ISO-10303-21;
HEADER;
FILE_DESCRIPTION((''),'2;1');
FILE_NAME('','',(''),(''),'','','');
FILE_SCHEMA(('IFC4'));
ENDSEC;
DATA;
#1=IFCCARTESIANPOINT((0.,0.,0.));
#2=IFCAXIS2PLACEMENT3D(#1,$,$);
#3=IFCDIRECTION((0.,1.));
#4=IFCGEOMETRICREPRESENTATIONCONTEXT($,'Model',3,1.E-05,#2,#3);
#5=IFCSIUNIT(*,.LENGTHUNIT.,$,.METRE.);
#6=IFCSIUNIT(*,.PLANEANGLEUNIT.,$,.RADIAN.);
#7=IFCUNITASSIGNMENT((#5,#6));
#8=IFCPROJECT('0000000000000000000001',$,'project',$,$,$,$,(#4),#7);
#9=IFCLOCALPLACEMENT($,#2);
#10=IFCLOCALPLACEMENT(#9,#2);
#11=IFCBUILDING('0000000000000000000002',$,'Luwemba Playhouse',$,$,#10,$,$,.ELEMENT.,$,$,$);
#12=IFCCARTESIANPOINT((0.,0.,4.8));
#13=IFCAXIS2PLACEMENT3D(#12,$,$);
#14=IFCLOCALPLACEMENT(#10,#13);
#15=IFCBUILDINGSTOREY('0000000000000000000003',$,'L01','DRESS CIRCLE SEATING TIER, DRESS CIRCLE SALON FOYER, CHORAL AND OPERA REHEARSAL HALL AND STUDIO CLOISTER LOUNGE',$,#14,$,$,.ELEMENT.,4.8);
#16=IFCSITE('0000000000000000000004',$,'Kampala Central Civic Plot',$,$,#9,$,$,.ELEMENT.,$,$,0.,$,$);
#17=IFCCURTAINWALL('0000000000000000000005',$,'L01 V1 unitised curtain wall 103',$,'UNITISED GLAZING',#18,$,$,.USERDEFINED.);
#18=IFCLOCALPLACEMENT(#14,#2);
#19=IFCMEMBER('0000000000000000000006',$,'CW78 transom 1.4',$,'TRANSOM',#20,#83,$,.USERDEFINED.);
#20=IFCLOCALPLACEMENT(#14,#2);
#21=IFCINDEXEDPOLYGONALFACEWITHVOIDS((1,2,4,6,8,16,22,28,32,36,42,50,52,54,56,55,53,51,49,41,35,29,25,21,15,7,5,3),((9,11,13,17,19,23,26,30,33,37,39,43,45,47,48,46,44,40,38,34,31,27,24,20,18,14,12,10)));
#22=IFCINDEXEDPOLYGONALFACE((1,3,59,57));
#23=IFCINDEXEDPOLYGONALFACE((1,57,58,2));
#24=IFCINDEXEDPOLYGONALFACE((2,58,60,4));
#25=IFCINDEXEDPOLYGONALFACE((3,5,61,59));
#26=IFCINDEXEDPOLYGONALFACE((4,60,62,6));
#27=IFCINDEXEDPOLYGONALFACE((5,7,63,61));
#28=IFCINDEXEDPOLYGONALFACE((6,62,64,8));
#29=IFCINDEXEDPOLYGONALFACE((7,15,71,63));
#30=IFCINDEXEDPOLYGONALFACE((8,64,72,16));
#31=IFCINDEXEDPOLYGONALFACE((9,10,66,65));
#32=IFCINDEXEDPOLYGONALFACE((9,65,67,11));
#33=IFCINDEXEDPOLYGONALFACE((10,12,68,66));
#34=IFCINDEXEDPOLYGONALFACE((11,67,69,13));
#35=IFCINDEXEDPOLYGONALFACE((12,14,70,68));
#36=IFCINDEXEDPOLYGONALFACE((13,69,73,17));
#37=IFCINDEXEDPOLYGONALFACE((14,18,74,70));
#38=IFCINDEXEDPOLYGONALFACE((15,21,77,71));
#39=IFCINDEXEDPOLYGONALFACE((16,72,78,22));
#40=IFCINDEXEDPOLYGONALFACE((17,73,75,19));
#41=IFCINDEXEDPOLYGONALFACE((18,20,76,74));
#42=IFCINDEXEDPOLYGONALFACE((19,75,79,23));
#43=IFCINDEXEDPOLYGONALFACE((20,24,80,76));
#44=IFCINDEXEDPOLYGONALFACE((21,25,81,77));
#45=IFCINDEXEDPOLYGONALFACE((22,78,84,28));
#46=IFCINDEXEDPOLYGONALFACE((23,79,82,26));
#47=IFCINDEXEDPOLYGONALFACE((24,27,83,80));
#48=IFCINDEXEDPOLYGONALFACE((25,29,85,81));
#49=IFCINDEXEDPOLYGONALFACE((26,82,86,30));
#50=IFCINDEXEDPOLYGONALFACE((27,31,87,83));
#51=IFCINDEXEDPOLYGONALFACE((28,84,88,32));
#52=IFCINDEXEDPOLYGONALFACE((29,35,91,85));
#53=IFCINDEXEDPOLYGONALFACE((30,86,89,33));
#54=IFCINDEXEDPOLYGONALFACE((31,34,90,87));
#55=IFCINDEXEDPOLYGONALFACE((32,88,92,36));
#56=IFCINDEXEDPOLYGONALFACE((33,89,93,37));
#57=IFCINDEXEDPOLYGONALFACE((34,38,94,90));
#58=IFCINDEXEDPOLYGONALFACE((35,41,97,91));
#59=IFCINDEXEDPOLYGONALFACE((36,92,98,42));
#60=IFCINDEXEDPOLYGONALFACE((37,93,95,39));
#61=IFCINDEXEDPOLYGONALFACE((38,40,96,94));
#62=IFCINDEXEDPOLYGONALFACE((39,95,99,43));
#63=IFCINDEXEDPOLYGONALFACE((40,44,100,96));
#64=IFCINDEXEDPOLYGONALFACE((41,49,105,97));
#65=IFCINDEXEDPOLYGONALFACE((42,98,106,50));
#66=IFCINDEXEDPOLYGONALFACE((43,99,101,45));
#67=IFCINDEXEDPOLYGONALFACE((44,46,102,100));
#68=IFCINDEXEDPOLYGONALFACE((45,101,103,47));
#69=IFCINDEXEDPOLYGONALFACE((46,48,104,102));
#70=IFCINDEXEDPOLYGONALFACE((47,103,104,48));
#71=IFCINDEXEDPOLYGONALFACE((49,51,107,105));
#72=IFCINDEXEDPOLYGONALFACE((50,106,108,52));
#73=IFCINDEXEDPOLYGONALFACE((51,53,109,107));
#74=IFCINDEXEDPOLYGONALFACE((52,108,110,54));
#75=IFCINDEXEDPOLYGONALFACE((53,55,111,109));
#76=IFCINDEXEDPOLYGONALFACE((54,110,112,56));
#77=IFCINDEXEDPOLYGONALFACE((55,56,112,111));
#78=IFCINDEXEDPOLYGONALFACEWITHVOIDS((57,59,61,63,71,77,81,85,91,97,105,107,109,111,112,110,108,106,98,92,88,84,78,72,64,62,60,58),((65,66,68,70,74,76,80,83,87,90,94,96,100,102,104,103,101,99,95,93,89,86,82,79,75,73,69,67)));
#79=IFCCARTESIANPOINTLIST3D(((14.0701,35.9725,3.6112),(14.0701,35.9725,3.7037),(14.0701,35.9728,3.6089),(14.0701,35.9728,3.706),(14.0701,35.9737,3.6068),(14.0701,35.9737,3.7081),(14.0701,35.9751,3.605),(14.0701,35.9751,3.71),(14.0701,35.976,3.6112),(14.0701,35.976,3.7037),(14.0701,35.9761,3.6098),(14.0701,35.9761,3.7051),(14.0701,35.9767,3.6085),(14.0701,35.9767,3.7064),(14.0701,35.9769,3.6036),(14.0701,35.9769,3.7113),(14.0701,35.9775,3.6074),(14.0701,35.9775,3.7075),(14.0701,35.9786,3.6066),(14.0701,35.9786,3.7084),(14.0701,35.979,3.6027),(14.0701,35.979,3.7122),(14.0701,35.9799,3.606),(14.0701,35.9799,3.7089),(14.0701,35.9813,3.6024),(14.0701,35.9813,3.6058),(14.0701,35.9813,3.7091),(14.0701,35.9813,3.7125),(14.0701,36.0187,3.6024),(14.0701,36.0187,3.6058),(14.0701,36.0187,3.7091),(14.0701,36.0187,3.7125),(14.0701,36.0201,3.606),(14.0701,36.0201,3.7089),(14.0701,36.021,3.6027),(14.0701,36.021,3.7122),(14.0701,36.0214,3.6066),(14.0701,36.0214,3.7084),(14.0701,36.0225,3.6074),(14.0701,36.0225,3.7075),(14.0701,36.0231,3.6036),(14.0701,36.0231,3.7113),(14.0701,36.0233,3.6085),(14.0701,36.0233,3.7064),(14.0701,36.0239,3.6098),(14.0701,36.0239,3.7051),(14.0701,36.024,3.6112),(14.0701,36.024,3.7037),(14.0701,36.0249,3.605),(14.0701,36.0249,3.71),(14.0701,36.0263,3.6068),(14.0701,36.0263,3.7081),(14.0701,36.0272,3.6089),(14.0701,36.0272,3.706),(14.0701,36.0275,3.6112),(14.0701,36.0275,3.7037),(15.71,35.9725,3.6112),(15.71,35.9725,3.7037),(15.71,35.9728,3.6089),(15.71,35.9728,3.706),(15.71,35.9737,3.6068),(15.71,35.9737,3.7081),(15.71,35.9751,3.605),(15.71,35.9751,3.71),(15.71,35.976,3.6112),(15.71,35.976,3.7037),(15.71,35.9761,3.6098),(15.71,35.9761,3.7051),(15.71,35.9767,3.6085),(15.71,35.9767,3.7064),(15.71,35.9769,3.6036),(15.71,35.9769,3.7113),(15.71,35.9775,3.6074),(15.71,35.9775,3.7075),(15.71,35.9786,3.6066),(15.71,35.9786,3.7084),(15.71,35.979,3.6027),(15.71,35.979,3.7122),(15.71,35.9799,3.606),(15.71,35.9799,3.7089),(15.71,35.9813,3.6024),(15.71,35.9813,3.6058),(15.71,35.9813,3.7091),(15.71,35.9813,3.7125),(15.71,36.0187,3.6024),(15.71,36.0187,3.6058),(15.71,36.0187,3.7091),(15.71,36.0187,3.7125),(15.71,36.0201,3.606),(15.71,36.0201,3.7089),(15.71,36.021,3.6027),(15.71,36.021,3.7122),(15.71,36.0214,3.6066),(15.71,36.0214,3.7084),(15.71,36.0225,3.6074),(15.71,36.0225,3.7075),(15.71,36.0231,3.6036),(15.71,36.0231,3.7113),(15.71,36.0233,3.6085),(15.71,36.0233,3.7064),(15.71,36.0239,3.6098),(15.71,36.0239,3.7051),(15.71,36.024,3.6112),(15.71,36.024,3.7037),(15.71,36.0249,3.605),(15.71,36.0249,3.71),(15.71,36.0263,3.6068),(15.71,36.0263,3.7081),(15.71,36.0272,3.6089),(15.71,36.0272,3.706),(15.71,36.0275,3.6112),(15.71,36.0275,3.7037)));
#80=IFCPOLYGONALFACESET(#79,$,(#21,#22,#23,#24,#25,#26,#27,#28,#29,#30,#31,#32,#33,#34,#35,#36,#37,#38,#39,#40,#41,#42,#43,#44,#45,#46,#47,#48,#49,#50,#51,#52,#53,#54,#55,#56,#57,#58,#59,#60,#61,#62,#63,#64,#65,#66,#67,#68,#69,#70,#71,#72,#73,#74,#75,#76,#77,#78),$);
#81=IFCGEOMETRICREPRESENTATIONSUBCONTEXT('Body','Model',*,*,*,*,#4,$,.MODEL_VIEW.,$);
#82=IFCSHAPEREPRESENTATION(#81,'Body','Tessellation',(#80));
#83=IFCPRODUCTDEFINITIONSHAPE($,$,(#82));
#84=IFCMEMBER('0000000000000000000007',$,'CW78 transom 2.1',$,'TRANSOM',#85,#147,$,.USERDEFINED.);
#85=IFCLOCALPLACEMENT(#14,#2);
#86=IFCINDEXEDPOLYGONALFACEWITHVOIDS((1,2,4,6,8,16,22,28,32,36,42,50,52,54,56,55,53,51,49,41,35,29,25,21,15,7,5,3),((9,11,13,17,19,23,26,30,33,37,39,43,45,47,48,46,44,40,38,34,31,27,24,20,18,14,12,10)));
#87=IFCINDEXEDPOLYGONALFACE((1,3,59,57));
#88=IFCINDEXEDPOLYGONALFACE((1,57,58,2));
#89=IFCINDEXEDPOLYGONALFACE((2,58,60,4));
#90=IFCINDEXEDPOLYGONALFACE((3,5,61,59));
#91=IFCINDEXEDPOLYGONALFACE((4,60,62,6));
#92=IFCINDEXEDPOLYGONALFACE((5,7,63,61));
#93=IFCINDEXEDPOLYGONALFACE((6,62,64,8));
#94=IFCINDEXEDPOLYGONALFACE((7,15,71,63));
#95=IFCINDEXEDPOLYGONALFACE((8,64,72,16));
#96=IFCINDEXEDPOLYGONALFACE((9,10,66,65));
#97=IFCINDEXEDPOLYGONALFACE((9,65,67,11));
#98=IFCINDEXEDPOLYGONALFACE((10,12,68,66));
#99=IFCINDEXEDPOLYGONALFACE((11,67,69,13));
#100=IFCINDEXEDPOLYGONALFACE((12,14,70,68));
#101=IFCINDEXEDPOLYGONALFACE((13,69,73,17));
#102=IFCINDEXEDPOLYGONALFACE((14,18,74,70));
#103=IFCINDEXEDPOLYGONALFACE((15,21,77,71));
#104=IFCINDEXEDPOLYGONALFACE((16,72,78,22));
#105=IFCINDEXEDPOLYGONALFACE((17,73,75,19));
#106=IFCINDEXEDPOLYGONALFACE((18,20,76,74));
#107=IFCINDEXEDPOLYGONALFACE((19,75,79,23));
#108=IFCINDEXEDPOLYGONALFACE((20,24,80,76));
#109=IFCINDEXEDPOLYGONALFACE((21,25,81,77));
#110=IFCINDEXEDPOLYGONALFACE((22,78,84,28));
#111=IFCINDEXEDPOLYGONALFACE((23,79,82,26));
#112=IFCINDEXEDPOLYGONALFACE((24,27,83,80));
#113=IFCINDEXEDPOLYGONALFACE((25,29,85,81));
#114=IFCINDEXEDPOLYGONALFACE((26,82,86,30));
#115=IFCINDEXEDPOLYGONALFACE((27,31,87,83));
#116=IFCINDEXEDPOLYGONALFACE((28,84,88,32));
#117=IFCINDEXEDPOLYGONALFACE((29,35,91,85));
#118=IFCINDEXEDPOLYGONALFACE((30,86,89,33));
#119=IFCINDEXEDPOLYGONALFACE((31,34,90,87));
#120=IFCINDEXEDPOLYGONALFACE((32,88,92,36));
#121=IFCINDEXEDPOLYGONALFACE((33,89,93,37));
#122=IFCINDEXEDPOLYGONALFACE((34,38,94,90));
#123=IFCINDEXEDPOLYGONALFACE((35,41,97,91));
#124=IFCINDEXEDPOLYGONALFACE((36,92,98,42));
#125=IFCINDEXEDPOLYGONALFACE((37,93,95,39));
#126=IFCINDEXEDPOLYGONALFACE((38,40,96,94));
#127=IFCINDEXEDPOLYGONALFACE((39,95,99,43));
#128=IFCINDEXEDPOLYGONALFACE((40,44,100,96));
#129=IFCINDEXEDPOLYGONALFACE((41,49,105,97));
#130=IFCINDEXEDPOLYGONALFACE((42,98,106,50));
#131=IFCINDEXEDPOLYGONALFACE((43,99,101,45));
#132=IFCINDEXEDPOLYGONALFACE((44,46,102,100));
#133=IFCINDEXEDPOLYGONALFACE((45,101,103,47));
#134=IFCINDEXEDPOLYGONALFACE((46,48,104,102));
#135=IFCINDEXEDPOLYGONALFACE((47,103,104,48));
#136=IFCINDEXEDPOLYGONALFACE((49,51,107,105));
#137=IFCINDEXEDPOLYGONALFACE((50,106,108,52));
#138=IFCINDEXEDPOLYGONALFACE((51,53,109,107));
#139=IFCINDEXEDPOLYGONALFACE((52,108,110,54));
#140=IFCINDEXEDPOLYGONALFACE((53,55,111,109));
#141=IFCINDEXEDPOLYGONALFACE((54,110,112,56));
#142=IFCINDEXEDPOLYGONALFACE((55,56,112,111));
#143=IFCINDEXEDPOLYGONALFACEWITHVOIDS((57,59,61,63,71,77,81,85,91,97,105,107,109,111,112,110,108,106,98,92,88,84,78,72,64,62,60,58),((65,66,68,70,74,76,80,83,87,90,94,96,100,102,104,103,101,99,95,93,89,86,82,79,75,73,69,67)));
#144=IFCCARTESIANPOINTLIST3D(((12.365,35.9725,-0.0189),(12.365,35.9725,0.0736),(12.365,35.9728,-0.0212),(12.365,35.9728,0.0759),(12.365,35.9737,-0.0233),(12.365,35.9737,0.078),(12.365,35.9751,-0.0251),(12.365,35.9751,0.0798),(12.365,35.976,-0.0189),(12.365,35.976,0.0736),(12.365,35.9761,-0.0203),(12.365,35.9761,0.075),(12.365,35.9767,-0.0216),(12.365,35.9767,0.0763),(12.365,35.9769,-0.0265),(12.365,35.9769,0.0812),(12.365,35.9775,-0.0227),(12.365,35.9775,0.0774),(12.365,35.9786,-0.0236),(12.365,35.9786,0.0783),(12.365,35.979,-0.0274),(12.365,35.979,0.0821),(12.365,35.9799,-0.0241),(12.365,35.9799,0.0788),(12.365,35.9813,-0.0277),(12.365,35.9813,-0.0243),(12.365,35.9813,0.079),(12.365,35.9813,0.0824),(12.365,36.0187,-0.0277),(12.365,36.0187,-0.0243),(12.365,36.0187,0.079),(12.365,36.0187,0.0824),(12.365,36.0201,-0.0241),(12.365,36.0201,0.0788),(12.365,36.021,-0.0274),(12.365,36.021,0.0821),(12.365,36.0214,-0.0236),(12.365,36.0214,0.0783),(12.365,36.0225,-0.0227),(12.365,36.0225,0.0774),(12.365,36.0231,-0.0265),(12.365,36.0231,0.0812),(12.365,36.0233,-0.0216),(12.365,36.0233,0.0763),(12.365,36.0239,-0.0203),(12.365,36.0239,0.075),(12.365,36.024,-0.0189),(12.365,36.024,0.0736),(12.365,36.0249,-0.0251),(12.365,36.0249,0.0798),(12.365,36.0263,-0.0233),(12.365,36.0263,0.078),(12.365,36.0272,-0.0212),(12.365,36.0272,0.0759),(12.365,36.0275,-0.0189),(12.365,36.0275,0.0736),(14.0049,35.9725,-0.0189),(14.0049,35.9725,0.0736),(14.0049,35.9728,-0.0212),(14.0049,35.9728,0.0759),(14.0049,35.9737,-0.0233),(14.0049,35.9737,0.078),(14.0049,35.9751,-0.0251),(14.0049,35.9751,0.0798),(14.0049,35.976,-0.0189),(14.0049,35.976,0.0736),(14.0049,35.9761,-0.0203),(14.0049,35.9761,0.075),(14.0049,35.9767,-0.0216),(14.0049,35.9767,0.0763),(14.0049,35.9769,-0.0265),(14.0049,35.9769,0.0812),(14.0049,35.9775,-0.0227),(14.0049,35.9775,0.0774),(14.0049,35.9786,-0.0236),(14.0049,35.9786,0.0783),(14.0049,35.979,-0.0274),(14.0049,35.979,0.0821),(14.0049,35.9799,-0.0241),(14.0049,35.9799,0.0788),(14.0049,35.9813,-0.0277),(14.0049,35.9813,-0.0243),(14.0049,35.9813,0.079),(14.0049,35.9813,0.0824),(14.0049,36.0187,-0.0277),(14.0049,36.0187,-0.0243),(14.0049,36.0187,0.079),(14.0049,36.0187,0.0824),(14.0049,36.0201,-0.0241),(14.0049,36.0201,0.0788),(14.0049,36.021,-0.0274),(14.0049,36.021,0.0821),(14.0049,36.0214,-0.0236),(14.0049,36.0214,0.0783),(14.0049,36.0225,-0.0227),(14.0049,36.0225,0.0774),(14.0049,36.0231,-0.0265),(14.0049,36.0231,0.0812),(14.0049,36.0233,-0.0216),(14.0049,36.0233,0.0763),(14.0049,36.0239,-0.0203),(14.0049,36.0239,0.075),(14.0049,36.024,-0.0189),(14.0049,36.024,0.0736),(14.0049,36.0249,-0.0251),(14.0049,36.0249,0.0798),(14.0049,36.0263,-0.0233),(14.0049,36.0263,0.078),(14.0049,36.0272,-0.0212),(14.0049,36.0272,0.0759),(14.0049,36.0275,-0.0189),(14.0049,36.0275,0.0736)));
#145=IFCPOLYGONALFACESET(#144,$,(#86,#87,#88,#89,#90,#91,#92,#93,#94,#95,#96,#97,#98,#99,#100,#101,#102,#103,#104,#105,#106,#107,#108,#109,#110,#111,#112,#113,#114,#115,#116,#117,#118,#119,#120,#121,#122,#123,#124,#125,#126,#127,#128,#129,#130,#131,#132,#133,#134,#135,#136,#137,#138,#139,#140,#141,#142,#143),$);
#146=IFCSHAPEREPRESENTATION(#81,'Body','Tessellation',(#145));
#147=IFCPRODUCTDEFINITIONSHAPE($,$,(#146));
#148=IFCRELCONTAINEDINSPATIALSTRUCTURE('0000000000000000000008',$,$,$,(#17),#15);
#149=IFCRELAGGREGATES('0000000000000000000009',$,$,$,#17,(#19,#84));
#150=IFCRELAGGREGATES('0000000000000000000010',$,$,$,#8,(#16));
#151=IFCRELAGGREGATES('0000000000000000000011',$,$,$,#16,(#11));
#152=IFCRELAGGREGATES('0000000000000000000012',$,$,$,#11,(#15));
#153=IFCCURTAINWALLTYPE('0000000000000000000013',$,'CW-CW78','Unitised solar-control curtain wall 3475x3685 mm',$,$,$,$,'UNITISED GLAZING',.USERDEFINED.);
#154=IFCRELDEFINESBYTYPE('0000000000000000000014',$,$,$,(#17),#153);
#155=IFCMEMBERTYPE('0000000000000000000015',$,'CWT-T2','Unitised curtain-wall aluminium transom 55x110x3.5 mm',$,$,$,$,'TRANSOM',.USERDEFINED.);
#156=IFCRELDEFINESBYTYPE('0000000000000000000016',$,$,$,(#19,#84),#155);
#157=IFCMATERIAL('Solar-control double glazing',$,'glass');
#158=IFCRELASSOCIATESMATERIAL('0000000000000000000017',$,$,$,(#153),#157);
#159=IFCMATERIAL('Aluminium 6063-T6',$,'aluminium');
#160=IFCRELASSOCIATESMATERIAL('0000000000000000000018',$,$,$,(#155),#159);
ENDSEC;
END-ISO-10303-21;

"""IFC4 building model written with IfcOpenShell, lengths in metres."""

from ifc_helpers import new_model, si_unit, direction, frame, origin, origin_2d, place, context, subcontext, project, spatial, hollow_rectangle, extrude, material, material_profile, profile_set, type_object, element, aggregate, save


model = new_model("IFC4")

# Units and contexts
model_context = context("Model", 3, precision=1e-05, world=origin(), true_north=direction((0.0, 1.0)))
body_context = subcontext(model_context, "Body", "Model", "MODEL_VIEW")
ifc_project = project(units=[si_unit("LENGTHUNIT", "METRE"), si_unit("PLANEANGLEUNIT", "RADIAN")], contexts=[model_context])

# Site, building, storey
site_placement = place(None, origin())
site = spatial("IfcSite", under=ifc_project, at=site_placement, Name="Kampala Central Civic Plot", CompositionType="ELEMENT", RefElevation=0.0)
building_placement = place(site_placement, origin())
building = spatial("IfcBuilding", under=site, at=building_placement, Name="Luwemba Playhouse", CompositionType="ELEMENT")
storey_placement = place(building_placement, frame((0.0, 0.0, 4.8)))
storey = spatial("IfcBuildingStorey", under=building, at=storey_placement, Name="L01", Description="DRESS CIRCLE SEATING TIER, DRESS CIRCLE SALON FOYER, CHORAL AND OPERA REHEARSAL HALL AND STUDIO CLOISTER LOUNGE", CompositionType="ELEMENT", Elevation=4.8)

# Curtain wall, members
ifc_material_1 = material(Name="Solar-control double glazing", Category="glass")
curtain_wall_type = type_object("IfcCurtainWallType", Name="CW-CW78", Description="Unitised solar-control curtain wall 3475x3685 mm", ElementType="UNITISED GLAZING", PredefinedType="USERDEFINED", material=ifc_material_1)
curtain_wall_placement = place(storey_placement, origin())
curtain_wall = element("IfcCurtainWall", 1, at=curtain_wall_placement, inside=storey, type_object=curtain_wall_type, Name="L01 V1 unitised curtain wall 103", ObjectType="UNITISED GLAZING", PredefinedType="USERDEFINED")
ifc_material_2 = material(Name="Aluminium 6063-T6", Category="aluminium")
ifc_material_profile_1 = material_profile(ifc_material_2, hollow_rectangle(XDim=0.0549, YDim=0.1101, WallThickness=0.0034, InnerFilletRadius=0.0054, OuterFilletRadius=0.0088, at=origin_2d()))
ifc_profile_set_1 = profile_set([ifc_material_profile_1], Name="Aluminium 6063-T6")
member_type_1 = type_object("IfcMemberType", Name="CWT-T2", Description="Unitised curtain-wall aluminium transom 55x110x3.5 mm", ElementType="TRANSOM", PredefinedType="USERDEFINED", material=ifc_profile_set_1)
member_1_placement = place(storey_placement, frame((15.71, 36.0, 3.6575), z_axis=(-1.0, 0.0, 0.0), x_axis=(0.0, -1.0, 0.0)))
member_1 = element("IfcMember", 2, at=member_1_placement, type_object=member_type_1, Name="CW78 transom 1.4", ObjectType="TRANSOM", PredefinedType="USERDEFINED", context=body_context, shape_type="SweptSolid", body=[
    extrude(hollow_rectangle(XDim=0.0549, YDim=0.1101, WallThickness=0.0034, InnerFilletRadius=0.0054, OuterFilletRadius=0.0088, at=origin_2d()), origin(), (0.0, 0.0, 1.0), 1.6399),
])
member_2_placement = place(storey_placement, frame((14.0049, 36.0, 0.0273), z_axis=(-1.0, 0.0, 0.0), x_axis=(0.0, -1.0, 0.0)))
member_2 = element("IfcMember", 3, at=member_2_placement, type_object=member_type_1, Name="CW78 transom 2.1", ObjectType="TRANSOM", PredefinedType="USERDEFINED", context=body_context, shape_type="SweptSolid", body=[
    extrude(hollow_rectangle(XDim=0.0549, YDim=0.1101, WallThickness=0.0034, InnerFilletRadius=0.0054, OuterFilletRadius=0.0088, at=origin_2d()), origin(), (0.0, 0.0, 1.0), 1.6399),
])
aggregate(curtain_wall, [member_1, member_2])

save(model, "model.ifc")
